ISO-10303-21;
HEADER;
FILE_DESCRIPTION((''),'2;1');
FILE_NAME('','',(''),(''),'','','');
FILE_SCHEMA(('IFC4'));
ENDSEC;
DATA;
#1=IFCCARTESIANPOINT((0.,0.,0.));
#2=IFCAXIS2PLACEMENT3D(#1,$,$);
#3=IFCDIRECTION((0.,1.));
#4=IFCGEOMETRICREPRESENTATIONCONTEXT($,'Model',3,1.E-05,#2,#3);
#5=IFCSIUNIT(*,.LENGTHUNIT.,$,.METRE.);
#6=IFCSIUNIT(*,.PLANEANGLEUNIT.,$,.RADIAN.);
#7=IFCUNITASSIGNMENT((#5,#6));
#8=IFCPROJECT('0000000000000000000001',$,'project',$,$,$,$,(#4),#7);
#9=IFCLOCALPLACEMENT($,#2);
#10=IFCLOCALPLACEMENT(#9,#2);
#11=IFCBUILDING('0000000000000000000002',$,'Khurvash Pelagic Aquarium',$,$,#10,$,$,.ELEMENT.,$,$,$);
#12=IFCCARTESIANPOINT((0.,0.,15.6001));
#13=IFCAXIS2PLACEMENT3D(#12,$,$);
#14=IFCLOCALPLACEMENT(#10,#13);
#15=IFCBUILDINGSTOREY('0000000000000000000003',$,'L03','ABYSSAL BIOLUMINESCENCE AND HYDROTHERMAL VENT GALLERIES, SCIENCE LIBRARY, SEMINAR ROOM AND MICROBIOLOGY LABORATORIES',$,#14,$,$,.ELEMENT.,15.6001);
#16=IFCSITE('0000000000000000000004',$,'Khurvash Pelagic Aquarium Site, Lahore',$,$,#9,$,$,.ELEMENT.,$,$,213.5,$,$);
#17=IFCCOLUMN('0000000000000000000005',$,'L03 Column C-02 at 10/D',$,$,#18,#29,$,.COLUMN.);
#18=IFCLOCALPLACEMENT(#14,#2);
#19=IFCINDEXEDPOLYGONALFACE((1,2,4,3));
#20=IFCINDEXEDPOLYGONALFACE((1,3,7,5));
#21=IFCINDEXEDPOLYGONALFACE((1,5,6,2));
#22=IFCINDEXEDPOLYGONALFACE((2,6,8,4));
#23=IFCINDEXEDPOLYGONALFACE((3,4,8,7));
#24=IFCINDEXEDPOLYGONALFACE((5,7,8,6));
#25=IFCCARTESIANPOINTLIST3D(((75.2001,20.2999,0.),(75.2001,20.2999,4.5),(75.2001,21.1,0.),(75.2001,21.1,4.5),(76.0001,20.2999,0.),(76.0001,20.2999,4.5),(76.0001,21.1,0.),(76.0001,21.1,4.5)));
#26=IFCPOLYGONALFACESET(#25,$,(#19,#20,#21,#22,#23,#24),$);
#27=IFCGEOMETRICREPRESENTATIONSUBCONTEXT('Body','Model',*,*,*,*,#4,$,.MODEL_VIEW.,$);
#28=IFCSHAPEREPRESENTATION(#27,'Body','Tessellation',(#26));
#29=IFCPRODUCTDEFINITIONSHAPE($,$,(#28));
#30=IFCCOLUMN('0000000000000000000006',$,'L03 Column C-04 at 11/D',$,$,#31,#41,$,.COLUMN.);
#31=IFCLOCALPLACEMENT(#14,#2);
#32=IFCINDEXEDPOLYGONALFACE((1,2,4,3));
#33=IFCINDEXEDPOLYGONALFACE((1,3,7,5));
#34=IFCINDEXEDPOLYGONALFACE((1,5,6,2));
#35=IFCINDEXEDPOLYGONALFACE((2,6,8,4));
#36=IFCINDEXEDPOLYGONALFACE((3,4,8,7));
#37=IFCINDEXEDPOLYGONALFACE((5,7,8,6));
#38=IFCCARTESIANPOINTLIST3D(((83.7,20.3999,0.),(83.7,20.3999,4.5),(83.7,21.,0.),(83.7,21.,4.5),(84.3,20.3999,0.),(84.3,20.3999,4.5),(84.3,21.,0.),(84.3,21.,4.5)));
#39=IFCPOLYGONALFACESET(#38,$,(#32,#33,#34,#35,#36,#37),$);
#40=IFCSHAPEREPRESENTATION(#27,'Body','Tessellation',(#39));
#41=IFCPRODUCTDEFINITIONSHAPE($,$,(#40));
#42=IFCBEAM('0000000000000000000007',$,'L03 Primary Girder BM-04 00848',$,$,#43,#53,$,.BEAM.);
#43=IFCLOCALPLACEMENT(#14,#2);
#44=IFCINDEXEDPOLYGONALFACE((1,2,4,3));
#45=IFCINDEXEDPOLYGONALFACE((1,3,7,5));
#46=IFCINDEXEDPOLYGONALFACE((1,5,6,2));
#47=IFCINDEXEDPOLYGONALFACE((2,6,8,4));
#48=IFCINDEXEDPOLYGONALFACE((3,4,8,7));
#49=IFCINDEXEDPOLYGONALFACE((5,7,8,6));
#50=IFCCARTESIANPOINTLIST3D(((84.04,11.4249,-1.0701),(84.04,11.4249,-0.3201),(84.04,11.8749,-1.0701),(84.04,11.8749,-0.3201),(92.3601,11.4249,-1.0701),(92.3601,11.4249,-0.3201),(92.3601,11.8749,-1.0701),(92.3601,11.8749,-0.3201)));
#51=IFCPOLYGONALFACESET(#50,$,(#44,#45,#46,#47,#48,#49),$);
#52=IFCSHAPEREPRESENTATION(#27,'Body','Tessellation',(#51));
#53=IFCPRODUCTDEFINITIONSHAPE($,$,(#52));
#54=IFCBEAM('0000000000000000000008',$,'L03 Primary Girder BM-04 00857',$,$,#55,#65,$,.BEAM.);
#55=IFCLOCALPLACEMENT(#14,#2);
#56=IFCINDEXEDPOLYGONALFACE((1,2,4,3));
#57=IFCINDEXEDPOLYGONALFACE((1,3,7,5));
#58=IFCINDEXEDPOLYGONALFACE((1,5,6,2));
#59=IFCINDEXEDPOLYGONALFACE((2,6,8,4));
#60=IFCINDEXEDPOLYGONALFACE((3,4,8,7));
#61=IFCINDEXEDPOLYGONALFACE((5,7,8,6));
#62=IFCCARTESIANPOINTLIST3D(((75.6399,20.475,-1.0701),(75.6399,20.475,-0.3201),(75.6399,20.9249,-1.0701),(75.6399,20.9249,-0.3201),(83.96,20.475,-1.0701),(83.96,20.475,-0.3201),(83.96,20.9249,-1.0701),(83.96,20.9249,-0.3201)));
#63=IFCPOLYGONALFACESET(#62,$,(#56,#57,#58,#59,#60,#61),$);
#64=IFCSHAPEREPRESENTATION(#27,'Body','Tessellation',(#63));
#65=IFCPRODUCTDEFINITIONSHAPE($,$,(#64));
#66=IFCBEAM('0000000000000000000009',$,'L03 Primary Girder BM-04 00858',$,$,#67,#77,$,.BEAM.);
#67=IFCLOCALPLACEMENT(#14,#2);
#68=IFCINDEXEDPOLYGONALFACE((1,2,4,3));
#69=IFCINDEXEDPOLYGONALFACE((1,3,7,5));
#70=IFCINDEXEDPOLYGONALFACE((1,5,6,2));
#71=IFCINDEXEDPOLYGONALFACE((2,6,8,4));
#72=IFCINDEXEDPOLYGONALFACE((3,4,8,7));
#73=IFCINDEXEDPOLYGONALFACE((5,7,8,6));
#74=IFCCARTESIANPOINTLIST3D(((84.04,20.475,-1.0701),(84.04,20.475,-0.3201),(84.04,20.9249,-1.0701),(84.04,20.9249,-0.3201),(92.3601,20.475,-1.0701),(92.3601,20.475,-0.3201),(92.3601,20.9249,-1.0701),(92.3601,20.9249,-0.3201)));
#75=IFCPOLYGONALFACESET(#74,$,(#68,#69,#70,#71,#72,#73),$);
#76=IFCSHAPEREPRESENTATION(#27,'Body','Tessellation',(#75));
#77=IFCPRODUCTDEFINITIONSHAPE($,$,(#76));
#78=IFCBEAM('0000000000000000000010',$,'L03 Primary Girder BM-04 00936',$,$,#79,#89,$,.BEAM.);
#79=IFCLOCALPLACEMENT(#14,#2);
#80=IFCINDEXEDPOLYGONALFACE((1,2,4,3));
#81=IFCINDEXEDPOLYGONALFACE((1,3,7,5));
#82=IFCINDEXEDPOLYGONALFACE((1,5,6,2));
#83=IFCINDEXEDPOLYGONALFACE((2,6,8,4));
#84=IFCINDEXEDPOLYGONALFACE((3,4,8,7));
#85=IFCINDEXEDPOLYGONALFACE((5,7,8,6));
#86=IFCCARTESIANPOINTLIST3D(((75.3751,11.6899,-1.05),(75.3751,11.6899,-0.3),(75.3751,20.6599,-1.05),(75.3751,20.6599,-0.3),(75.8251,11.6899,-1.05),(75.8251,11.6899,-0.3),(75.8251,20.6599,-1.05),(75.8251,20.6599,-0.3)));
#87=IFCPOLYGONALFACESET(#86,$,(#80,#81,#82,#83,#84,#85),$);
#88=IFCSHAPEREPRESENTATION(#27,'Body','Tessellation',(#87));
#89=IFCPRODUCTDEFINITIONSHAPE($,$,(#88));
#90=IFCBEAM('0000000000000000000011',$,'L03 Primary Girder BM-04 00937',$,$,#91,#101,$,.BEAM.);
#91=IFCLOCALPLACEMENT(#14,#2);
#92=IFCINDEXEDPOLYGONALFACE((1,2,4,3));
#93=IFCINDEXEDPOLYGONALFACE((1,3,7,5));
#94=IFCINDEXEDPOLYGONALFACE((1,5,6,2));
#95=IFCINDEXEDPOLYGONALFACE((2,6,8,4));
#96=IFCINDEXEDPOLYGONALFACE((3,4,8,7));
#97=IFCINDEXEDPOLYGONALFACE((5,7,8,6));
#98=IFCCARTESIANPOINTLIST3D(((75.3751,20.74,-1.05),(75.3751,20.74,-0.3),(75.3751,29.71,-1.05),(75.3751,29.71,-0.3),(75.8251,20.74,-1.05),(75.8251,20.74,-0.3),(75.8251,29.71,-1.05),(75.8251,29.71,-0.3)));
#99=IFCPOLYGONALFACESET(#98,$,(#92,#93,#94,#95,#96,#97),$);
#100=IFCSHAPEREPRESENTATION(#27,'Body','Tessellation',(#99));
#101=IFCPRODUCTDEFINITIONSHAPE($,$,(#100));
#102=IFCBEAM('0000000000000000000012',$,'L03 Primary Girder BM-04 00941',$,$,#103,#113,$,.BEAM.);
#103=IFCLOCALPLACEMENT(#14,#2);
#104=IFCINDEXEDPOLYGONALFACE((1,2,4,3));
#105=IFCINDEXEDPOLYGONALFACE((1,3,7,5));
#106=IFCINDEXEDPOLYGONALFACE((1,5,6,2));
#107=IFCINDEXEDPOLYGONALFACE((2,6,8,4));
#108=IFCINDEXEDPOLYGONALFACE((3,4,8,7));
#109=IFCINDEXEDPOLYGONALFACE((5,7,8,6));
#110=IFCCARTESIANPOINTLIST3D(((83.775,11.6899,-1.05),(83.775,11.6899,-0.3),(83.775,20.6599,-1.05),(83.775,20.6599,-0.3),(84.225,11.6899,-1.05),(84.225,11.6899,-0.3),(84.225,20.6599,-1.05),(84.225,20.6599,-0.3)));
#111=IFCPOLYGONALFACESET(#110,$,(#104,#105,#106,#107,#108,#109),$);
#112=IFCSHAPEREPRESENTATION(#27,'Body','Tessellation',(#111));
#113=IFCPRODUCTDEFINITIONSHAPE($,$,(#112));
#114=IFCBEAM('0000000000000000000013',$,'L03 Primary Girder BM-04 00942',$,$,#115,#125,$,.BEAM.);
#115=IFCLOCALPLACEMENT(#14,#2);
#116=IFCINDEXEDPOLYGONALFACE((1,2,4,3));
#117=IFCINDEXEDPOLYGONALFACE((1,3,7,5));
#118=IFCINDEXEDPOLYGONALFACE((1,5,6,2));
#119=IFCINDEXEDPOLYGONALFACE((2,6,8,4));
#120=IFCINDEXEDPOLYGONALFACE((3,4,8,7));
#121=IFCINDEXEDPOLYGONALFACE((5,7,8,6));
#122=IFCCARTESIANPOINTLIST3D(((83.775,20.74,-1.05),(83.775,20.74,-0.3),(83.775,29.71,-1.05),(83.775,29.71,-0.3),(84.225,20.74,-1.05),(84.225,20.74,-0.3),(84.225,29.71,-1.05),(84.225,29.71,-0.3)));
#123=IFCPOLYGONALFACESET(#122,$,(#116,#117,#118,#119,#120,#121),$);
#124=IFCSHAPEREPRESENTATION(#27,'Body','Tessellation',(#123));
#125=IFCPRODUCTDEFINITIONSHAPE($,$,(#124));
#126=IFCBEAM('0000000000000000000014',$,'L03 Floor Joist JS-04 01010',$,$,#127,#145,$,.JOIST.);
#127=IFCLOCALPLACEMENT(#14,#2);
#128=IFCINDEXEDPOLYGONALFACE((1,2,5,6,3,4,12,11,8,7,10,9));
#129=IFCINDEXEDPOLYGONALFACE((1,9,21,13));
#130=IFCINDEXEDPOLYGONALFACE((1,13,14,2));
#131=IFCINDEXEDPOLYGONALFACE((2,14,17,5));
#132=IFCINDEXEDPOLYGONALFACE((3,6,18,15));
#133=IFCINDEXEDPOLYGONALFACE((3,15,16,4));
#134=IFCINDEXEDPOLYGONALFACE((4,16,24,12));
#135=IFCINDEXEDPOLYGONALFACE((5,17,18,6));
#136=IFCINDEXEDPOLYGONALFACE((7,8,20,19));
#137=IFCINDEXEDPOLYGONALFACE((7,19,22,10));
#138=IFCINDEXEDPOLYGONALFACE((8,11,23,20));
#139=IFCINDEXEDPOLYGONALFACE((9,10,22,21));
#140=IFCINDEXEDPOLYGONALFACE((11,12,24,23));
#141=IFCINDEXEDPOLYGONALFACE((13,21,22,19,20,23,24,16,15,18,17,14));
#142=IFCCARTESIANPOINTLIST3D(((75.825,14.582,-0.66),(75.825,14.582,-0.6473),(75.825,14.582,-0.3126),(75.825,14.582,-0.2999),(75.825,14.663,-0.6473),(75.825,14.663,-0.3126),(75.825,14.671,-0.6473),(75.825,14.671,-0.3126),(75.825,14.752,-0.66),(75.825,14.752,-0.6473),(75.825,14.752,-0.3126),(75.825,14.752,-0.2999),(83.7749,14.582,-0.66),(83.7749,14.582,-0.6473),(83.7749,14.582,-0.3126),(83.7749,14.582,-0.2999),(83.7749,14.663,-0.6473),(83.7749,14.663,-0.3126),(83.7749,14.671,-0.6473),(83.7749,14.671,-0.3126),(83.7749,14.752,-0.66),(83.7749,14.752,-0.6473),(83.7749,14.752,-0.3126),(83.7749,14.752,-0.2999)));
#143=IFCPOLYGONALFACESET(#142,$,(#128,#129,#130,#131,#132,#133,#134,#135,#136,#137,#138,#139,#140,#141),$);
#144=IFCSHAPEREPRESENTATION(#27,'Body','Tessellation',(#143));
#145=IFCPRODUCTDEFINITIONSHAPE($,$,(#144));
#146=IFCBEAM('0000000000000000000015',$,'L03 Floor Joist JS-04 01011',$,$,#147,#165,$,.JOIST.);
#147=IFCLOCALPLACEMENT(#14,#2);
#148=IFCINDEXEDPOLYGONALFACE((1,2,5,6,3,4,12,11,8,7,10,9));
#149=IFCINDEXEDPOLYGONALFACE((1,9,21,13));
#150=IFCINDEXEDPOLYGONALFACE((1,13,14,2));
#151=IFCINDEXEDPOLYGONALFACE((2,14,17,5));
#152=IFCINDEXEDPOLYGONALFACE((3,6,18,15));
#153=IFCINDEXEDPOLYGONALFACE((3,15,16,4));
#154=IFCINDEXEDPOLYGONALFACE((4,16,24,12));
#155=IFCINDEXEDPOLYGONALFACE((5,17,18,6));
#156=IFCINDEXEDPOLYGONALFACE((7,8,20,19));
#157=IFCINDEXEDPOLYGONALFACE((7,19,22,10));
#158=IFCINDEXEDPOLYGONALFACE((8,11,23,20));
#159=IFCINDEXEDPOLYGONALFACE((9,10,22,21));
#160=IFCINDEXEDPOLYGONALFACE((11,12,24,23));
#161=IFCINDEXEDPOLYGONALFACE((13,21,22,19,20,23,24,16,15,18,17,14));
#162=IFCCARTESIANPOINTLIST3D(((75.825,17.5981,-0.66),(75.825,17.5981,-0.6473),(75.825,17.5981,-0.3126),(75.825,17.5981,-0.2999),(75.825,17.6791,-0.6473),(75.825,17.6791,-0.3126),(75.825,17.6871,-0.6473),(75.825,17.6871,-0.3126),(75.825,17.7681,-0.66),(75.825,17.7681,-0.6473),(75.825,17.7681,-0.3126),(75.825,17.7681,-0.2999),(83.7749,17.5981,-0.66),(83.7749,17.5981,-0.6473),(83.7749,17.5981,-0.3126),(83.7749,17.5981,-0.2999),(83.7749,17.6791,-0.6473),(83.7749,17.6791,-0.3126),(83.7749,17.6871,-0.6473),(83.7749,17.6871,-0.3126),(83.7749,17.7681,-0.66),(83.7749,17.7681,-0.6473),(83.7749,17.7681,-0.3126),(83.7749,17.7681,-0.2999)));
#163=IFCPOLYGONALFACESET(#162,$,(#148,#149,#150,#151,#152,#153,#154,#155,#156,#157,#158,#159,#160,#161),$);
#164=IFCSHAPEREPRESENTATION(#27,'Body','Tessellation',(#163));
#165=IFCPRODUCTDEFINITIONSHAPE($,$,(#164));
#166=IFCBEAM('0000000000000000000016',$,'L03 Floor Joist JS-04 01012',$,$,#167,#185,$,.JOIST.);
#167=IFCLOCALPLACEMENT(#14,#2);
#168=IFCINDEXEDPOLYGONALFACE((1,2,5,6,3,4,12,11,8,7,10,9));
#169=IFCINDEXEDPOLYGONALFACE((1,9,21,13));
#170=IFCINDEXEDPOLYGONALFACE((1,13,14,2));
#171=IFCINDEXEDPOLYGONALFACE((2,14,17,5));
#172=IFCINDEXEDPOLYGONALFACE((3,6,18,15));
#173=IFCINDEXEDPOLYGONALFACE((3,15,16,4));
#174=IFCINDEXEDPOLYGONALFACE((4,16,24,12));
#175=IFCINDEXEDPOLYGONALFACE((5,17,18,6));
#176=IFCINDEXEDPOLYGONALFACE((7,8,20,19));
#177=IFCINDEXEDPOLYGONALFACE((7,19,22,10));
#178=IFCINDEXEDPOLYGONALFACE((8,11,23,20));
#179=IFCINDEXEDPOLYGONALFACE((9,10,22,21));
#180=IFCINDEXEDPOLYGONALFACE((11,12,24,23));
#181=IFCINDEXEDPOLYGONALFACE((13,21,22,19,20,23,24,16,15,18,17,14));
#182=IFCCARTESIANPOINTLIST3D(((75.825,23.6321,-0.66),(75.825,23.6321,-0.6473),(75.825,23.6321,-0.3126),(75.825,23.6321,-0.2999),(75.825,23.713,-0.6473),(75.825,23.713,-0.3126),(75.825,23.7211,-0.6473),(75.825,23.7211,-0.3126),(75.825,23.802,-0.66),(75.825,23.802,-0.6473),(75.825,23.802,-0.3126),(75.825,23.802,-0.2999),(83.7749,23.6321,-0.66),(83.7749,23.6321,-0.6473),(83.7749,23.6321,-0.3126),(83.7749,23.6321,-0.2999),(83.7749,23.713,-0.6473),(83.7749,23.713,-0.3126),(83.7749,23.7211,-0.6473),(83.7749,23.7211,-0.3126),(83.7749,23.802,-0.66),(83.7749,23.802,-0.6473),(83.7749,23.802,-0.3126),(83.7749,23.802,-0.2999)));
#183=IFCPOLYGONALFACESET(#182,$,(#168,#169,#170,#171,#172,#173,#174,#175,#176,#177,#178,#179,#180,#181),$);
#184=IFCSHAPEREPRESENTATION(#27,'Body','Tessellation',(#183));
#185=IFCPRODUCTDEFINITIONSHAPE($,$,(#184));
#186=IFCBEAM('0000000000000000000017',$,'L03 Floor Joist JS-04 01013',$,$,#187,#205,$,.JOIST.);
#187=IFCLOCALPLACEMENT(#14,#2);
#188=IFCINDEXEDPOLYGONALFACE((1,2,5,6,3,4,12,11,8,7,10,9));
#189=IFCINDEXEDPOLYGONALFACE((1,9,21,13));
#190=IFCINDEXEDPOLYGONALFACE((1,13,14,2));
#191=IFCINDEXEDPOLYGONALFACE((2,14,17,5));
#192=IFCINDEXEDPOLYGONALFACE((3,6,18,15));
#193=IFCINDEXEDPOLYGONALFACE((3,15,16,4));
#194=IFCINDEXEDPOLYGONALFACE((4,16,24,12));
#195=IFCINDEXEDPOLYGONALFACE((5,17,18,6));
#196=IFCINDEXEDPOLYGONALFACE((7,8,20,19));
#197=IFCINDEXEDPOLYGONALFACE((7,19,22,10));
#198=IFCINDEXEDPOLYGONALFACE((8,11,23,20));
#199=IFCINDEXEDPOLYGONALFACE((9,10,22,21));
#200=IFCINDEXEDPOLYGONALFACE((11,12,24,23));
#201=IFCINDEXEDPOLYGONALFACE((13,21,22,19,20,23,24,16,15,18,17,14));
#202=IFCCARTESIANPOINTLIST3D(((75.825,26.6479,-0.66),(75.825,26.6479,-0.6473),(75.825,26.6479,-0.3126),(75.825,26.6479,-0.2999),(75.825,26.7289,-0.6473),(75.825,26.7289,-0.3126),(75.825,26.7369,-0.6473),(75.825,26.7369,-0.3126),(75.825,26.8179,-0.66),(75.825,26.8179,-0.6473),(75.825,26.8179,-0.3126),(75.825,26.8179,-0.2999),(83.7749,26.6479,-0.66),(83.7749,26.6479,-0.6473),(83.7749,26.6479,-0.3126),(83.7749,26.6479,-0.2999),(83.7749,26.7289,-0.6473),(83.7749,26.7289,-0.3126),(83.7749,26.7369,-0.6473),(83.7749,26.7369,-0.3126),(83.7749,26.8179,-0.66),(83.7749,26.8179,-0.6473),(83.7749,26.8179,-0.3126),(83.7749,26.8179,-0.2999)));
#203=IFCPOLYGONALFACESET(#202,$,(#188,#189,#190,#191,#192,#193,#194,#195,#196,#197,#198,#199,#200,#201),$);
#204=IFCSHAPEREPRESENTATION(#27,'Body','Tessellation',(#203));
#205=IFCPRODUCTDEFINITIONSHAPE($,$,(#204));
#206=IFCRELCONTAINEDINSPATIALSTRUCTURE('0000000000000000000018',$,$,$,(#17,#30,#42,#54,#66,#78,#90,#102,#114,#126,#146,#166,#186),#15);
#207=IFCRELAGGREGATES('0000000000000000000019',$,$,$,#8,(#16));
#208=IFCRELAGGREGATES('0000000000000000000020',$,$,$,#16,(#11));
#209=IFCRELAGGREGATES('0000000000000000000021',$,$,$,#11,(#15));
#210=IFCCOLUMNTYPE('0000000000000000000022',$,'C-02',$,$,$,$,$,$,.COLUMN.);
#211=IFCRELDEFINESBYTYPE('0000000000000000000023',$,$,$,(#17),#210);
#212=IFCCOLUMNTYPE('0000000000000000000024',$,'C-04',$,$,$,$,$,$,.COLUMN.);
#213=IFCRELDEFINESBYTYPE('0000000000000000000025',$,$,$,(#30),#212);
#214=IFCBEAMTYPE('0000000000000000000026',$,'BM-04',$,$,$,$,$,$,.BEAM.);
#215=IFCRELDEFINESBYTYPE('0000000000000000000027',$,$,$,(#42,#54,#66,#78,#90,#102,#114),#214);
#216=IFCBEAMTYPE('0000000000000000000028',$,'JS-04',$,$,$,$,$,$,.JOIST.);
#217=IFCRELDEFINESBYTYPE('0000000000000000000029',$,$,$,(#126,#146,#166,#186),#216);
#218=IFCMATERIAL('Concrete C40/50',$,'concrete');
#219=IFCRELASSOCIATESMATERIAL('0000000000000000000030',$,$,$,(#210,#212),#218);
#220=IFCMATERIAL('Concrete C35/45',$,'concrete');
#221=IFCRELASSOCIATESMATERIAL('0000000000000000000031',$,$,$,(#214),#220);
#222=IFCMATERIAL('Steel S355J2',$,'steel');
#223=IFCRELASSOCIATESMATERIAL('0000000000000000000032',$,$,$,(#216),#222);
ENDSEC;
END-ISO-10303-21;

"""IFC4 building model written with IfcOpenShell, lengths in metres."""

from ifc_helpers import new_model, si_unit, direction, frame, origin, origin_2d, place, context, subcontext, project, spatial, rectangle, i_section, extrude, material, material_profile, profile_set, type_object, element, save


model = new_model("IFC4")

# Units and contexts
model_context = context("Model", 3, precision=1e-05, world=origin(), true_north=direction((0.0, 1.0)))
body_context = subcontext(model_context, "Body", "Model", "MODEL_VIEW")
ifc_project = project(units=[si_unit("LENGTHUNIT", "METRE"), si_unit("PLANEANGLEUNIT", "RADIAN")], contexts=[model_context])

# Site, building, storey
site_placement = place(None, origin())
site = spatial("IfcSite", under=ifc_project, at=site_placement, Name="Khurvash Pelagic Aquarium Site, Lahore", CompositionType="ELEMENT", RefElevation=213.5)
building_placement = place(site_placement, origin())
building = spatial("IfcBuilding", under=site, at=building_placement, Name="Khurvash Pelagic Aquarium", CompositionType="ELEMENT")
storey_placement = place(building_placement, frame((0.0, 0.0, 15.6001)))
storey = spatial("IfcBuildingStorey", under=building, at=storey_placement, Name="L03", Description="ABYSSAL BIOLUMINESCENCE AND HYDROTHERMAL VENT GALLERIES, SCIENCE LIBRARY, SEMINAR ROOM AND MICROBIOLOGY LABORATORIES", CompositionType="ELEMENT", Elevation=15.6001)

# Columns
ifc_material_1 = material(Name="Concrete C40/50", Category="concrete")
ifc_material_profile_1 = material_profile(ifc_material_1, rectangle(XDim=0.8, YDim=0.8, at=origin_2d()), Name="RC800X800")
ifc_profile_set_1 = profile_set([ifc_material_profile_1], Name="Concrete C40/50")
column_type_1 = type_object("IfcColumnType", Name="C-02", PredefinedType="COLUMN", material=ifc_profile_set_1)
column_1_placement = place(storey_placement, frame((75.6001, 20.7, 0.0), z_axis=(0.0, 0.0, 1.0), x_axis=(1.0, 0.0, 0.0)))
element("IfcColumn", 1, at=column_1_placement, inside=storey, type_object=column_type_1, Name="L03 Column C-02 at 10/D", PredefinedType="COLUMN", context=body_context, shape_type="SweptSolid", body=[
    extrude(rectangle(XDim=0.8, YDim=0.8, at=origin_2d()), origin(), (0.0, 0.0, 1.0), 4.5),
])
ifc_material_profile_2 = material_profile(ifc_material_1, rectangle(XDim=0.6001, YDim=0.6001, at=origin_2d()), Name="RC600X600")
ifc_profile_set_2 = profile_set([ifc_material_profile_2], Name="Concrete C40/50")
column_type_2 = type_object("IfcColumnType", Name="C-04", PredefinedType="COLUMN", material=ifc_profile_set_2)
column_2_placement = place(storey_placement, frame((84.0, 20.7, 0.0), z_axis=(0.0, 0.0, 1.0), x_axis=(1.0, 0.0, 0.0)))
element("IfcColumn", 2, at=column_2_placement, inside=storey, type_object=column_type_2, Name="L03 Column C-04 at 11/D", PredefinedType="COLUMN", context=body_context, shape_type="SweptSolid", body=[
    extrude(rectangle(XDim=0.6001, YDim=0.6001, at=origin_2d()), origin(), (0.0, 0.0, 1.0), 4.5),
])

# Beams
ifc_material_2 = material(Name="Concrete C35/45", Category="concrete")
ifc_material_profile_3 = material_profile(ifc_material_2, rectangle(XDim=0.45, YDim=0.75, at=origin_2d()), Name="RC450X750")
ifc_profile_set_3 = profile_set([ifc_material_profile_3], Name="Concrete C35/45")
beam_type_1 = type_object("IfcBeamType", Name="BM-04", PredefinedType="BEAM", material=ifc_profile_set_3)
for number, where, z_axis, x_axis, name in (
    (3, (84.04, 11.6499, -0.6951), (1.0, 0.0, 0.0), (0.0, 1.0, 0.0), "L03 Primary Girder BM-04 00848"),
    (4, (75.6399, 20.7, -0.6951), (1.0, 0.0, 0.0), (0.0, 1.0, 0.0), "L03 Primary Girder BM-04 00857"),
    (5, (84.04, 20.7, -0.6951), (1.0, 0.0, 0.0), (0.0, 1.0, 0.0), "L03 Primary Girder BM-04 00858"),
):
    element("IfcBeam", number, at=place(storey_placement, frame(where, z_axis=z_axis, x_axis=x_axis)), inside=storey, type_object=beam_type_1, Name=name, PredefinedType="BEAM", context=body_context, shape_type="SweptSolid", body=[
        extrude(rectangle(XDim=0.45, YDim=0.75, at=origin_2d()), origin(), (0.0, 0.0, 1.0), 8.3201),
    ])
for number, where, z_axis, x_axis, name in (
    (6, (75.6001, 11.6899, -0.675), (0.0, 1.0, 0.0), (-1.0, 0.0, 0.0), "L03 Primary Girder BM-04 00936"),
    (7, (75.6001, 20.74, -0.675), (0.0, 1.0, 0.0), (-1.0, 0.0, 0.0), "L03 Primary Girder BM-04 00937"),
    (8, (84.0, 11.6899, -0.675), (0.0, 1.0, 0.0), (-1.0, 0.0, 0.0), "L03 Primary Girder BM-04 00941"),
    (9, (84.0, 20.74, -0.675), (0.0, 1.0, 0.0), (-1.0, 0.0, 0.0), "L03 Primary Girder BM-04 00942"),
):
    element("IfcBeam", number, at=place(storey_placement, frame(where, z_axis=z_axis, x_axis=x_axis)), inside=storey, type_object=beam_type_1, Name=name, PredefinedType="BEAM", context=body_context, shape_type="SweptSolid", body=[
        extrude(rectangle(XDim=0.45, YDim=0.75, at=origin_2d()), origin(), (0.0, 0.0, 1.0), 8.97),
    ])
ifc_material_3 = material(Name="Steel S355J2", Category="steel")
ifc_material_profile_4 = material_profile(ifc_material_3, i_section(OverallWidth=0.1699, OverallDepth=0.3601, WebThickness=0.0081, FlangeThickness=0.0127, at=origin_2d()), Name="IPE360")
ifc_profile_set_4 = profile_set([ifc_material_profile_4], Name="Steel S355J2")
beam_type_2 = type_object("IfcBeamType", Name="JS-04", PredefinedType="JOIST", material=ifc_profile_set_4)
for number, where, z_axis, x_axis, name in (
    (10, (75.825, 14.667, -0.48), (1.0, 0.0, 0.0), (0.0, 1.0, 0.0), "L03 Floor Joist JS-04 01010"),
    (11, (75.825, 17.6831, -0.48), (1.0, 0.0, 0.0), (0.0, 1.0, 0.0), "L03 Floor Joist JS-04 01011"),
    (12, (75.825, 23.717, -0.48), (1.0, 0.0, 0.0), (0.0, 1.0, 0.0), "L03 Floor Joist JS-04 01012"),
    (13, (75.825, 26.7329, -0.48), (1.0, 0.0, 0.0), (0.0, 1.0, 0.0), "L03 Floor Joist JS-04 01013"),
):
    element("IfcBeam", number, at=place(storey_placement, frame(where, z_axis=z_axis, x_axis=x_axis)), inside=storey, type_object=beam_type_2, Name=name, PredefinedType="JOIST", context=body_context, shape_type="SweptSolid", body=[
        extrude(i_section(OverallWidth=0.1699, OverallDepth=0.3601, WebThickness=0.0081, FlangeThickness=0.0127, at=origin_2d()), origin(), (0.0, 0.0, 1.0), 7.95),
    ])

save(model, "model.ifc")
